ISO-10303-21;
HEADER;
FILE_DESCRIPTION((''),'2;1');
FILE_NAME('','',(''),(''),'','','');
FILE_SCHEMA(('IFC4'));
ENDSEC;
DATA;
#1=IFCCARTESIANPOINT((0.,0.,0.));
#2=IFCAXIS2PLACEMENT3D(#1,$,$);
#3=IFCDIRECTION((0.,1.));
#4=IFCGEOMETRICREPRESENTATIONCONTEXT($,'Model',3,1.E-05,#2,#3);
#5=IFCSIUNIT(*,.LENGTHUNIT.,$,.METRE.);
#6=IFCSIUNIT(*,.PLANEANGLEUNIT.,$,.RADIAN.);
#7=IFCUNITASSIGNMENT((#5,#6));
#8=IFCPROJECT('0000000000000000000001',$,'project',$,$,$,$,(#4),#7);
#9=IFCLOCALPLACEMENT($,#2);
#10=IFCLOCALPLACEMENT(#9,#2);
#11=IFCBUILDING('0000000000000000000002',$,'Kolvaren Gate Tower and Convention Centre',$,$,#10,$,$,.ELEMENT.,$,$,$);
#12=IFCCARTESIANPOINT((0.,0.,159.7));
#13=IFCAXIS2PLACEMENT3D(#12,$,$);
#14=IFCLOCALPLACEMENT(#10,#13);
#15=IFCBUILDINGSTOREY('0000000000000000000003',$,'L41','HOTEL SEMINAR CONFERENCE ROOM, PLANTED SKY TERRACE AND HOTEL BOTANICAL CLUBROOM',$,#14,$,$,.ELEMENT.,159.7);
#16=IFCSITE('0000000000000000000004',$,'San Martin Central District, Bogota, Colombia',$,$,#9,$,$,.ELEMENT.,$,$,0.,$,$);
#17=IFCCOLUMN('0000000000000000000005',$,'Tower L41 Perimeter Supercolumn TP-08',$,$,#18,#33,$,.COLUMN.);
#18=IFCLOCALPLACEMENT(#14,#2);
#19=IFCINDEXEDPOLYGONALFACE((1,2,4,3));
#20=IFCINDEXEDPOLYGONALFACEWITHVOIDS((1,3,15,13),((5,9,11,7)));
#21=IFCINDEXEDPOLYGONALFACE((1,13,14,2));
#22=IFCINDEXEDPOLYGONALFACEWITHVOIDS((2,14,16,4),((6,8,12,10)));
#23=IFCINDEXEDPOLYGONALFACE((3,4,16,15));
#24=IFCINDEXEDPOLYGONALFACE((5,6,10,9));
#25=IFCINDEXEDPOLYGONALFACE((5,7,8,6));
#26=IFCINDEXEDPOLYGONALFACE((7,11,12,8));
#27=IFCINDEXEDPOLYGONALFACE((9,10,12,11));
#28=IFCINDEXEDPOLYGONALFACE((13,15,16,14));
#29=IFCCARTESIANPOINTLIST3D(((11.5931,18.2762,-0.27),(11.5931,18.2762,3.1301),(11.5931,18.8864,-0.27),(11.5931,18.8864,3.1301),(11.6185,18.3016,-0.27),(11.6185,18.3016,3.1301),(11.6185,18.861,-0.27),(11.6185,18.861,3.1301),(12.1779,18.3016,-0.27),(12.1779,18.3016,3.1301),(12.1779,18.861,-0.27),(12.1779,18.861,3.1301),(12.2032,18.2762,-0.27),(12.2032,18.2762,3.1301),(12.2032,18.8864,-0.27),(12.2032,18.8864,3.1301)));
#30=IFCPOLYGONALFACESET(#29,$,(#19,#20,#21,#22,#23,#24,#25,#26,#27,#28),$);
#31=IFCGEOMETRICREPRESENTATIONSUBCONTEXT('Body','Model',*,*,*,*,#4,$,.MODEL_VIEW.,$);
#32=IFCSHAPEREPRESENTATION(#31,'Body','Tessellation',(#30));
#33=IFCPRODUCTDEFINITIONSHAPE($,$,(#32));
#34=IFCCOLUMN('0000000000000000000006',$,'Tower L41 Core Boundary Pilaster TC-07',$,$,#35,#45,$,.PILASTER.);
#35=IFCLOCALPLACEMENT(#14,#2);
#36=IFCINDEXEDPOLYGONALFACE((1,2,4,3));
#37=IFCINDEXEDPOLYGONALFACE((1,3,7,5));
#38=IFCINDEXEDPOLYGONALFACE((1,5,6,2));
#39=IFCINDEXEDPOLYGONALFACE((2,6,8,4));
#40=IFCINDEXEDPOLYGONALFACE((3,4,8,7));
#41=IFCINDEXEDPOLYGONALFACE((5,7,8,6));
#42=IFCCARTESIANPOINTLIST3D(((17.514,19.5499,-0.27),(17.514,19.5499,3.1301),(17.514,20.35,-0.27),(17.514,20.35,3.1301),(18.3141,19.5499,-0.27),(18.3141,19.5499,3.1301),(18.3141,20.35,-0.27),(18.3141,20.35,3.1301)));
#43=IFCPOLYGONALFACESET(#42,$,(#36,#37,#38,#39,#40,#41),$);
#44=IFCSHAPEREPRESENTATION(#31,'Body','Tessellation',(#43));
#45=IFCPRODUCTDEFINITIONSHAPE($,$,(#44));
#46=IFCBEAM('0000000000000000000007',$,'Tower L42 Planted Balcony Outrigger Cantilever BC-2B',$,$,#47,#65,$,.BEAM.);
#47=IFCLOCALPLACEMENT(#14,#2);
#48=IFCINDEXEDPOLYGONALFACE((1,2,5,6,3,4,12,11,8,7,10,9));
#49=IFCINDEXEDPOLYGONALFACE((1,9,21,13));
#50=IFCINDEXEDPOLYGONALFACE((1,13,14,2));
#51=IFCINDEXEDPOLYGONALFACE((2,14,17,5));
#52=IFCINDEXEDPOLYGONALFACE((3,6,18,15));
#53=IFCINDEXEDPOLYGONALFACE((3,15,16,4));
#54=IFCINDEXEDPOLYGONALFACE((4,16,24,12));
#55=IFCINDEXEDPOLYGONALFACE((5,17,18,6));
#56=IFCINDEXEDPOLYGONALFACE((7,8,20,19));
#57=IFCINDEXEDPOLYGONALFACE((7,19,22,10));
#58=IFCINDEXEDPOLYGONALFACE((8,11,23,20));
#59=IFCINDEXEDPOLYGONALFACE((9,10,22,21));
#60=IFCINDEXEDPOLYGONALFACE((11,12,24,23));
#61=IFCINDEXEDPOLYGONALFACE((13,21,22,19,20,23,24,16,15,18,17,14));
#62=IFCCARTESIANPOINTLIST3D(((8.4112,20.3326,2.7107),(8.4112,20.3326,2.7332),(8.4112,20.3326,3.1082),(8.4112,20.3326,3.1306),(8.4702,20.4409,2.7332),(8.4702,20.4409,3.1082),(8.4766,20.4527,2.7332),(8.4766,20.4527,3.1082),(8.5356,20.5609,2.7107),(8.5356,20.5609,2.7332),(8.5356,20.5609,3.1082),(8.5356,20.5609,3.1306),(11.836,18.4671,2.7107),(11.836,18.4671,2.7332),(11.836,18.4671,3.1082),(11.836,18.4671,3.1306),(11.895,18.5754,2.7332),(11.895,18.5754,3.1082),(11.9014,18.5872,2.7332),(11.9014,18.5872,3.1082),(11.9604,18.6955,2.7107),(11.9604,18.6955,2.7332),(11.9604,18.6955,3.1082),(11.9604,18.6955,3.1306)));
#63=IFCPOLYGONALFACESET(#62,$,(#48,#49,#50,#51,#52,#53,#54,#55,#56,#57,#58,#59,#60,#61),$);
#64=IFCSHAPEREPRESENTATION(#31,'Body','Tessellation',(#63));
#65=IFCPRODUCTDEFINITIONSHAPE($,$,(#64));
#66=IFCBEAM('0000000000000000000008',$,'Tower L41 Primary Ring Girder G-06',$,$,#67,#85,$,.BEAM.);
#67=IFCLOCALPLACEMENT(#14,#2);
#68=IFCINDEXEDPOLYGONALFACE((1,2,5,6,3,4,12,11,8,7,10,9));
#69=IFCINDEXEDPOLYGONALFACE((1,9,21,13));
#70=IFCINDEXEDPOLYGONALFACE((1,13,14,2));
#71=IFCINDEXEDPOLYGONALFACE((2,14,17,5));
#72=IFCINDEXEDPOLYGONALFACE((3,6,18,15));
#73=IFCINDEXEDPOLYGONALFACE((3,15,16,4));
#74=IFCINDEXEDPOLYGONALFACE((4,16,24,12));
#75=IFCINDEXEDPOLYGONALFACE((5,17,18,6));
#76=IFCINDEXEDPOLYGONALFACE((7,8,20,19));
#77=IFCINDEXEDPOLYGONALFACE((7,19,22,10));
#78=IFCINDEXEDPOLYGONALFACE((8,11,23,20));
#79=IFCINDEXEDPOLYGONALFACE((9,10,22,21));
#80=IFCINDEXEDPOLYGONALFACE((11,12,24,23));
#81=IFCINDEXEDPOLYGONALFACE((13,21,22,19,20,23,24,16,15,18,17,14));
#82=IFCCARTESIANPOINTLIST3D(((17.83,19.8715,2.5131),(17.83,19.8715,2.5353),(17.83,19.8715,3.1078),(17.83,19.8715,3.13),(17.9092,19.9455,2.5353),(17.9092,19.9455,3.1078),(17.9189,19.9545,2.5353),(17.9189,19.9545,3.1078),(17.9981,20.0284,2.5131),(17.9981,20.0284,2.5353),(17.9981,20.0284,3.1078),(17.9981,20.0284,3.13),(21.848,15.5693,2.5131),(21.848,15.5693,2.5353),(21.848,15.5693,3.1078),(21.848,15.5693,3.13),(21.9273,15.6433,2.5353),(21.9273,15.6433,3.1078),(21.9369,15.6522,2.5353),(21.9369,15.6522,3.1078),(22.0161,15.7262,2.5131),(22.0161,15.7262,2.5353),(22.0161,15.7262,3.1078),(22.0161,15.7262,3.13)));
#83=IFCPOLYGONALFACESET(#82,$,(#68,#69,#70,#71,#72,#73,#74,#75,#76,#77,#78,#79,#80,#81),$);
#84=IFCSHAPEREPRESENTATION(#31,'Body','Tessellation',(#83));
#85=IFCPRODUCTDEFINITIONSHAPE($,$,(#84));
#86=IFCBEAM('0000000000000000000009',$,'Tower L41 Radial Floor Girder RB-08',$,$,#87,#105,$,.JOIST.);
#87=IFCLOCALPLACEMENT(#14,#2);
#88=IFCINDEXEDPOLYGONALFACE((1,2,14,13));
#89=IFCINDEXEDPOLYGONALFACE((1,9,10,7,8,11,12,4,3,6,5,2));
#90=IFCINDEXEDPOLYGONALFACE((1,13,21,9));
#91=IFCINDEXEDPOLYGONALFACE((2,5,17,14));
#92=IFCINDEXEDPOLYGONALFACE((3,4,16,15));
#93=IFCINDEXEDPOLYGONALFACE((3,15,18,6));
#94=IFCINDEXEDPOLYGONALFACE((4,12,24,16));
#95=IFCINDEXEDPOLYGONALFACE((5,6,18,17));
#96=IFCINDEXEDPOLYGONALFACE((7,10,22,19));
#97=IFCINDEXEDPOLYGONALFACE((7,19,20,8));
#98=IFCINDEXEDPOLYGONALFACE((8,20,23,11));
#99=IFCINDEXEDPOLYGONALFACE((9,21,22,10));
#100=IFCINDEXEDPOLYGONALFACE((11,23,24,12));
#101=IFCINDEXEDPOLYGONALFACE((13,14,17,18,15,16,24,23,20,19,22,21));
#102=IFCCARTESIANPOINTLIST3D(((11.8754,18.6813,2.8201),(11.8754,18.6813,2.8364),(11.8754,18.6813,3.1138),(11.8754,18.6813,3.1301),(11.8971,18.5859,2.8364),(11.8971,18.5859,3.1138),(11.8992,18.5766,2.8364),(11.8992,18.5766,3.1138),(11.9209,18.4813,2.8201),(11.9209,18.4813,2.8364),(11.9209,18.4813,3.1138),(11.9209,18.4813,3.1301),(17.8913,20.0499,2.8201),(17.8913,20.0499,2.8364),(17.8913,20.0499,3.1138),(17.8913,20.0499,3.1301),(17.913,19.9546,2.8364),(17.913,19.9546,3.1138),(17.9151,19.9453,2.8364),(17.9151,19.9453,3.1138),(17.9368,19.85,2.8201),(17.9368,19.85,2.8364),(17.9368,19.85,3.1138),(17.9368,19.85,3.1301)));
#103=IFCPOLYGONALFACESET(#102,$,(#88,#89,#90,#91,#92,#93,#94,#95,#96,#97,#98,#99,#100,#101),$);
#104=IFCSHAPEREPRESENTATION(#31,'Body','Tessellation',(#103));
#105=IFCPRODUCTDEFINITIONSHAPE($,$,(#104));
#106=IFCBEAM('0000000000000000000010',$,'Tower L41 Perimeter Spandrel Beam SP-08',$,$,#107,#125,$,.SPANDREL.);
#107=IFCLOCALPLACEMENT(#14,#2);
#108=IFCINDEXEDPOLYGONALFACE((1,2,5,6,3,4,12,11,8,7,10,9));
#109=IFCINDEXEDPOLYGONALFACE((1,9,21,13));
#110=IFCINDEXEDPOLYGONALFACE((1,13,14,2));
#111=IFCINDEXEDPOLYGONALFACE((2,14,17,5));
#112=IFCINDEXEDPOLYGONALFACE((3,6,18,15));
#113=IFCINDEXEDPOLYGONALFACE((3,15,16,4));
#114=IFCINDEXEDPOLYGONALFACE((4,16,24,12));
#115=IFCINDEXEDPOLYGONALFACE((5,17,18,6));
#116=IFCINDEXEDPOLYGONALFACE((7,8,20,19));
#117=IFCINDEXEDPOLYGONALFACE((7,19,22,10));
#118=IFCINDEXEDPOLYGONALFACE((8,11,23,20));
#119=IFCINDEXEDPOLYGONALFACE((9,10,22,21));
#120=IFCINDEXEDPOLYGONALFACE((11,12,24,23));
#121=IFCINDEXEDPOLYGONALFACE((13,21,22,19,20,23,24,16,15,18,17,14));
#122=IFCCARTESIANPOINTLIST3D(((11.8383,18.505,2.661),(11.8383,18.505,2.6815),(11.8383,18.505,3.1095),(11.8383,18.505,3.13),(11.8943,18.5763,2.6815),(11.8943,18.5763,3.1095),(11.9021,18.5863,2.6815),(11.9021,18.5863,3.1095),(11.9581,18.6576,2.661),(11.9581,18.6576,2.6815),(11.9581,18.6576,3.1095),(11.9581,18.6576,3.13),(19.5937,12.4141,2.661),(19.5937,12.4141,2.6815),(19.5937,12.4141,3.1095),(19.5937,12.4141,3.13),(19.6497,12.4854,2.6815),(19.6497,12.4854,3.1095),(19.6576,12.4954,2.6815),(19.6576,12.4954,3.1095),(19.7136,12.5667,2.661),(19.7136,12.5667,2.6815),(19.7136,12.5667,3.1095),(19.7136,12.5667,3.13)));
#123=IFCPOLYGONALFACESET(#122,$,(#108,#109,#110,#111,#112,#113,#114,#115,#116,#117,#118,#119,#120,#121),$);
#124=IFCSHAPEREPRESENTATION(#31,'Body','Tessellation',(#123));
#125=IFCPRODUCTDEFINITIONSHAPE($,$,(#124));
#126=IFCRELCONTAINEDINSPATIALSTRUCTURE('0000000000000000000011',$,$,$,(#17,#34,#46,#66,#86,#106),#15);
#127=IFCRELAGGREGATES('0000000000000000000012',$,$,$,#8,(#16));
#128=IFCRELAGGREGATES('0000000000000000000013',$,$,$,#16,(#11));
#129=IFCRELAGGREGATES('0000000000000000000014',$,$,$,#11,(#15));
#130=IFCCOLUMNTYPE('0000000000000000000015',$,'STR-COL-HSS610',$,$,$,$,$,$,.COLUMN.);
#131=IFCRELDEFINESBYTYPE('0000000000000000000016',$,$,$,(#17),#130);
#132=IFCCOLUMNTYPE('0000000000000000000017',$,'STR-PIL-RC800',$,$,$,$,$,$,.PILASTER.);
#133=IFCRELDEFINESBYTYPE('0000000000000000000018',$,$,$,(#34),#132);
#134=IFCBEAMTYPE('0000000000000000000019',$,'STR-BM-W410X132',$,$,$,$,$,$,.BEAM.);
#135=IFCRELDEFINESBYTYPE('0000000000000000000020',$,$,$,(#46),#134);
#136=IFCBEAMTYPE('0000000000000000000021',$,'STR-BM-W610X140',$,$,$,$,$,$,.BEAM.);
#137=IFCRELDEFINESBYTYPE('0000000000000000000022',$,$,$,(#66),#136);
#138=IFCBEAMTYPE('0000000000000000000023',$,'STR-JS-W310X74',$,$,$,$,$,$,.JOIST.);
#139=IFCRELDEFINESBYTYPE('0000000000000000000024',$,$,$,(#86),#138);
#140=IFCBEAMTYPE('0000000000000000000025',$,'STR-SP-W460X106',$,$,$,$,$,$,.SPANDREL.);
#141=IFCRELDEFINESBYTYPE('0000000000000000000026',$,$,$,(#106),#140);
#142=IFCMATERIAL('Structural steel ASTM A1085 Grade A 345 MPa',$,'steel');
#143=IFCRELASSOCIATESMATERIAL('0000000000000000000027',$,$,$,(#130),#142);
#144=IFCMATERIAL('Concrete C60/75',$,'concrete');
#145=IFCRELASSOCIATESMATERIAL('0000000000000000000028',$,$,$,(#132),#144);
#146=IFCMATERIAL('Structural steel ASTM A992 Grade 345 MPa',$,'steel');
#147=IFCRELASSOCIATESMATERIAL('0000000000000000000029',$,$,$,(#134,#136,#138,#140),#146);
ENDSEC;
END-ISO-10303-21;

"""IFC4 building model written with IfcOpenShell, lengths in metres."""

from ifc_helpers import new_model, si_unit, direction, frame, origin, origin_2d, place, context, subcontext, project, spatial, rectangle, hollow_rectangle, i_section, extrude, material, material_profile, profile_set, type_object, element, save


model = new_model("IFC4")

# Units and contexts
model_context = context("Model", 3, precision=1e-05, world=origin(), true_north=direction((0.0, 1.0)))
body_context = subcontext(model_context, "Body", "Model", "MODEL_VIEW")
ifc_project = project(units=[si_unit("LENGTHUNIT", "METRE"), si_unit("PLANEANGLEUNIT", "RADIAN")], contexts=[model_context])

# Site, building, storey
site_placement = place(None, origin())
site = spatial("IfcSite", under=ifc_project, at=site_placement, Name="San Martin Central District, Bogota, Colombia", CompositionType="ELEMENT", RefElevation=0.0)
building_placement = place(site_placement, origin())
building = spatial("IfcBuilding", under=site, at=building_placement, Name="Kolvaren Gate Tower and Convention Centre", CompositionType="ELEMENT")
storey_placement = place(building_placement, frame((0.0, 0.0, 159.7)))
storey = spatial("IfcBuildingStorey", under=building, at=storey_placement, Name="L41", Description="HOTEL SEMINAR CONFERENCE ROOM, PLANTED SKY TERRACE AND HOTEL BOTANICAL CLUBROOM", CompositionType="ELEMENT", Elevation=159.7)

# Columns
ifc_material_1 = material(Name="Structural steel ASTM A1085 Grade A 345 MPa", Category="steel")
ifc_material_profile_1 = material_profile(ifc_material_1, hollow_rectangle(XDim=0.6101, YDim=0.6101, WallThickness=0.0254, at=origin_2d()), Name="HSS610X610X25.4")
ifc_profile_set_1 = profile_set([ifc_material_profile_1], Name="Structural steel ASTM A1085 Grade A 345 MPa")
column_type_1 = type_object("IfcColumnType", Name="STR-COL-HSS610", PredefinedType="COLUMN", material=ifc_profile_set_1)
column_1_placement = place(storey_placement, frame((11.8982, 18.5813, -0.27), z_axis=(0.0, 0.0, 1.0), x_axis=(1.0, 0.0, 0.0)))
element("IfcColumn", 1, at=column_1_placement, inside=storey, type_object=column_type_1, Name="Tower L41 Perimeter Supercolumn TP-08", PredefinedType="COLUMN", context=body_context, shape_type="SweptSolid", body=[
    extrude(hollow_rectangle(XDim=0.6101, YDim=0.6101, WallThickness=0.0254, at=origin_2d()), origin(), (0.0, 0.0, 1.0), 3.4001),
])
ifc_material_2 = material(Name="Concrete C60/75", Category="concrete")
ifc_material_profile_2 = material_profile(ifc_material_2, rectangle(XDim=0.8, YDim=0.8, at=origin_2d()), Name="RC-COL-800X800")
ifc_profile_set_2 = profile_set([ifc_material_profile_2], Name="Concrete C60/75")
column_type_2 = type_object("IfcColumnType", Name="STR-PIL-RC800", PredefinedType="PILASTER", material=ifc_profile_set_2)
column_2_placement = place(storey_placement, frame((17.9141, 19.95, -0.27), z_axis=(0.0, 0.0, 1.0), x_axis=(1.0, 0.0, 0.0)))
element("IfcColumn", 2, at=column_2_placement, inside=storey, type_object=column_type_2, Name="Tower L41 Core Boundary Pilaster TC-07", PredefinedType="PILASTER", context=body_context, shape_type="SweptSolid", body=[
    extrude(rectangle(XDim=0.8, YDim=0.8, at=origin_2d()), origin(), (0.0, 0.0, 1.0), 3.4001),
])

# Beams
ifc_material_3 = material(Name="Structural steel ASTM A992 Grade 345 MPa", Category="steel")
ifc_material_profile_3 = material_profile(ifc_material_3, i_section(OverallWidth=0.26, OverallDepth=0.4199, WebThickness=0.0134, FlangeThickness=0.0225, at=origin_2d()), Name="W410X132")
ifc_profile_set_3 = profile_set([ifc_material_profile_3], Name="Structural steel ASTM A992 Grade 345 MPa")
beam_type_1 = type_object("IfcBeamType", Name="STR-BM-W410X132", PredefinedType="BEAM", material=ifc_profile_set_3)
beam_1_placement = place(storey_placement, frame((11.8982, 18.5813, 2.9207), z_axis=(-0.878175, 0.478339, 0.0), x_axis=(-0.478339, -0.878175, 0.0)))
element("IfcBeam", 3, at=beam_1_placement, inside=storey, type_object=beam_type_1, Name="Tower L42 Planted Balcony Outrigger Cantilever BC-2B", PredefinedType="BEAM", context=body_context, shape_type="SweptSolid", body=[
    extrude(i_section(OverallWidth=0.26, OverallDepth=0.4199, WebThickness=0.0134, FlangeThickness=0.0225, at=origin_2d()), origin(), (0.0, 0.0, 1.0), 3.8999),
])
ifc_material_profile_4 = material_profile(ifc_material_3, i_section(OverallWidth=0.23, OverallDepth=0.6169, WebThickness=0.0132, FlangeThickness=0.0222, at=origin_2d()), Name="W610X140")
ifc_profile_set_4 = profile_set([ifc_material_profile_4], Name="Structural steel ASTM A992 Grade 345 MPa")
beam_type_2 = type_object("IfcBeamType", Name="STR-BM-W610X140", PredefinedType="BEAM", material=ifc_profile_set_4)
beam_2_placement = place(storey_placement, frame((17.9141, 19.95, 2.8215), z_axis=(0.682558, -0.730832, 0.0), x_axis=(0.730832, 0.682558, 0.0)))
element("IfcBeam", 4, at=beam_2_placement, inside=storey, type_object=beam_type_2, Name="Tower L41 Primary Ring Girder G-06", PredefinedType="BEAM", context=body_context, shape_type="SweptSolid", body=[
    extrude(i_section(OverallWidth=0.23, OverallDepth=0.6169, WebThickness=0.0132, FlangeThickness=0.0222, at=origin_2d()), origin(), (0.0, 0.0, 1.0), 5.8867),
])
ifc_material_profile_5 = material_profile(ifc_material_3, i_section(OverallWidth=0.2051, OverallDepth=0.3101, WebThickness=0.0095, FlangeThickness=0.0164, at=origin_2d()), Name="W310X74")
ifc_profile_set_5 = profile_set([ifc_material_profile_5], Name="Structural steel ASTM A992 Grade 345 MPa")
beam_type_3 = type_object("IfcBeamType", Name="STR-JS-W310X74", PredefinedType="JOIST", material=ifc_profile_set_5)
beam_3_placement = place(storey_placement, frame((17.9141, 19.95, 2.9751), z_axis=(-0.975083, -0.221838, 0.0), x_axis=(0.221838, -0.975083, 0.0)))
element("IfcBeam", 5, at=beam_3_placement, inside=storey, type_object=beam_type_3, Name="Tower L41 Radial Floor Girder RB-08", PredefinedType="JOIST", context=body_context, shape_type="SweptSolid", body=[
    extrude(i_section(OverallWidth=0.2051, OverallDepth=0.3101, WebThickness=0.0095, FlangeThickness=0.0164, at=origin_2d()), origin(), (0.0, 0.0, 1.0), 6.1697),
])
ifc_material_profile_6 = material_profile(ifc_material_3, i_section(OverallWidth=0.1941, OverallDepth=0.469, WebThickness=0.0127, FlangeThickness=0.0205, at=origin_2d()), Name="W460X106")
ifc_profile_set_6 = profile_set([ifc_material_profile_6], Name="Structural steel ASTM A992 Grade 345 MPa")
beam_type_4 = type_object("IfcBeamType", Name="STR-SP-W460X106", PredefinedType="SPANDREL", material=ifc_profile_set_6)
beam_4_placement = place(storey_placement, frame((11.8982, 18.5813, 2.8955), z_axis=(0.786451, -0.617653, 0.0), x_axis=(0.617653, 0.786451, 0.0)))
element("IfcBeam", 6, at=beam_4_placement, inside=storey, type_object=beam_type_4, Name="Tower L41 Perimeter Spandrel Beam SP-08", PredefinedType="SPANDREL", context=body_context, shape_type="SweptSolid", body=[
    extrude(i_section(OverallWidth=0.1941, OverallDepth=0.469, WebThickness=0.0127, FlangeThickness=0.0205, at=origin_2d()), origin(), (0.0, 0.0, 1.0), 9.8613),
])

save(model, "model.ifc")
